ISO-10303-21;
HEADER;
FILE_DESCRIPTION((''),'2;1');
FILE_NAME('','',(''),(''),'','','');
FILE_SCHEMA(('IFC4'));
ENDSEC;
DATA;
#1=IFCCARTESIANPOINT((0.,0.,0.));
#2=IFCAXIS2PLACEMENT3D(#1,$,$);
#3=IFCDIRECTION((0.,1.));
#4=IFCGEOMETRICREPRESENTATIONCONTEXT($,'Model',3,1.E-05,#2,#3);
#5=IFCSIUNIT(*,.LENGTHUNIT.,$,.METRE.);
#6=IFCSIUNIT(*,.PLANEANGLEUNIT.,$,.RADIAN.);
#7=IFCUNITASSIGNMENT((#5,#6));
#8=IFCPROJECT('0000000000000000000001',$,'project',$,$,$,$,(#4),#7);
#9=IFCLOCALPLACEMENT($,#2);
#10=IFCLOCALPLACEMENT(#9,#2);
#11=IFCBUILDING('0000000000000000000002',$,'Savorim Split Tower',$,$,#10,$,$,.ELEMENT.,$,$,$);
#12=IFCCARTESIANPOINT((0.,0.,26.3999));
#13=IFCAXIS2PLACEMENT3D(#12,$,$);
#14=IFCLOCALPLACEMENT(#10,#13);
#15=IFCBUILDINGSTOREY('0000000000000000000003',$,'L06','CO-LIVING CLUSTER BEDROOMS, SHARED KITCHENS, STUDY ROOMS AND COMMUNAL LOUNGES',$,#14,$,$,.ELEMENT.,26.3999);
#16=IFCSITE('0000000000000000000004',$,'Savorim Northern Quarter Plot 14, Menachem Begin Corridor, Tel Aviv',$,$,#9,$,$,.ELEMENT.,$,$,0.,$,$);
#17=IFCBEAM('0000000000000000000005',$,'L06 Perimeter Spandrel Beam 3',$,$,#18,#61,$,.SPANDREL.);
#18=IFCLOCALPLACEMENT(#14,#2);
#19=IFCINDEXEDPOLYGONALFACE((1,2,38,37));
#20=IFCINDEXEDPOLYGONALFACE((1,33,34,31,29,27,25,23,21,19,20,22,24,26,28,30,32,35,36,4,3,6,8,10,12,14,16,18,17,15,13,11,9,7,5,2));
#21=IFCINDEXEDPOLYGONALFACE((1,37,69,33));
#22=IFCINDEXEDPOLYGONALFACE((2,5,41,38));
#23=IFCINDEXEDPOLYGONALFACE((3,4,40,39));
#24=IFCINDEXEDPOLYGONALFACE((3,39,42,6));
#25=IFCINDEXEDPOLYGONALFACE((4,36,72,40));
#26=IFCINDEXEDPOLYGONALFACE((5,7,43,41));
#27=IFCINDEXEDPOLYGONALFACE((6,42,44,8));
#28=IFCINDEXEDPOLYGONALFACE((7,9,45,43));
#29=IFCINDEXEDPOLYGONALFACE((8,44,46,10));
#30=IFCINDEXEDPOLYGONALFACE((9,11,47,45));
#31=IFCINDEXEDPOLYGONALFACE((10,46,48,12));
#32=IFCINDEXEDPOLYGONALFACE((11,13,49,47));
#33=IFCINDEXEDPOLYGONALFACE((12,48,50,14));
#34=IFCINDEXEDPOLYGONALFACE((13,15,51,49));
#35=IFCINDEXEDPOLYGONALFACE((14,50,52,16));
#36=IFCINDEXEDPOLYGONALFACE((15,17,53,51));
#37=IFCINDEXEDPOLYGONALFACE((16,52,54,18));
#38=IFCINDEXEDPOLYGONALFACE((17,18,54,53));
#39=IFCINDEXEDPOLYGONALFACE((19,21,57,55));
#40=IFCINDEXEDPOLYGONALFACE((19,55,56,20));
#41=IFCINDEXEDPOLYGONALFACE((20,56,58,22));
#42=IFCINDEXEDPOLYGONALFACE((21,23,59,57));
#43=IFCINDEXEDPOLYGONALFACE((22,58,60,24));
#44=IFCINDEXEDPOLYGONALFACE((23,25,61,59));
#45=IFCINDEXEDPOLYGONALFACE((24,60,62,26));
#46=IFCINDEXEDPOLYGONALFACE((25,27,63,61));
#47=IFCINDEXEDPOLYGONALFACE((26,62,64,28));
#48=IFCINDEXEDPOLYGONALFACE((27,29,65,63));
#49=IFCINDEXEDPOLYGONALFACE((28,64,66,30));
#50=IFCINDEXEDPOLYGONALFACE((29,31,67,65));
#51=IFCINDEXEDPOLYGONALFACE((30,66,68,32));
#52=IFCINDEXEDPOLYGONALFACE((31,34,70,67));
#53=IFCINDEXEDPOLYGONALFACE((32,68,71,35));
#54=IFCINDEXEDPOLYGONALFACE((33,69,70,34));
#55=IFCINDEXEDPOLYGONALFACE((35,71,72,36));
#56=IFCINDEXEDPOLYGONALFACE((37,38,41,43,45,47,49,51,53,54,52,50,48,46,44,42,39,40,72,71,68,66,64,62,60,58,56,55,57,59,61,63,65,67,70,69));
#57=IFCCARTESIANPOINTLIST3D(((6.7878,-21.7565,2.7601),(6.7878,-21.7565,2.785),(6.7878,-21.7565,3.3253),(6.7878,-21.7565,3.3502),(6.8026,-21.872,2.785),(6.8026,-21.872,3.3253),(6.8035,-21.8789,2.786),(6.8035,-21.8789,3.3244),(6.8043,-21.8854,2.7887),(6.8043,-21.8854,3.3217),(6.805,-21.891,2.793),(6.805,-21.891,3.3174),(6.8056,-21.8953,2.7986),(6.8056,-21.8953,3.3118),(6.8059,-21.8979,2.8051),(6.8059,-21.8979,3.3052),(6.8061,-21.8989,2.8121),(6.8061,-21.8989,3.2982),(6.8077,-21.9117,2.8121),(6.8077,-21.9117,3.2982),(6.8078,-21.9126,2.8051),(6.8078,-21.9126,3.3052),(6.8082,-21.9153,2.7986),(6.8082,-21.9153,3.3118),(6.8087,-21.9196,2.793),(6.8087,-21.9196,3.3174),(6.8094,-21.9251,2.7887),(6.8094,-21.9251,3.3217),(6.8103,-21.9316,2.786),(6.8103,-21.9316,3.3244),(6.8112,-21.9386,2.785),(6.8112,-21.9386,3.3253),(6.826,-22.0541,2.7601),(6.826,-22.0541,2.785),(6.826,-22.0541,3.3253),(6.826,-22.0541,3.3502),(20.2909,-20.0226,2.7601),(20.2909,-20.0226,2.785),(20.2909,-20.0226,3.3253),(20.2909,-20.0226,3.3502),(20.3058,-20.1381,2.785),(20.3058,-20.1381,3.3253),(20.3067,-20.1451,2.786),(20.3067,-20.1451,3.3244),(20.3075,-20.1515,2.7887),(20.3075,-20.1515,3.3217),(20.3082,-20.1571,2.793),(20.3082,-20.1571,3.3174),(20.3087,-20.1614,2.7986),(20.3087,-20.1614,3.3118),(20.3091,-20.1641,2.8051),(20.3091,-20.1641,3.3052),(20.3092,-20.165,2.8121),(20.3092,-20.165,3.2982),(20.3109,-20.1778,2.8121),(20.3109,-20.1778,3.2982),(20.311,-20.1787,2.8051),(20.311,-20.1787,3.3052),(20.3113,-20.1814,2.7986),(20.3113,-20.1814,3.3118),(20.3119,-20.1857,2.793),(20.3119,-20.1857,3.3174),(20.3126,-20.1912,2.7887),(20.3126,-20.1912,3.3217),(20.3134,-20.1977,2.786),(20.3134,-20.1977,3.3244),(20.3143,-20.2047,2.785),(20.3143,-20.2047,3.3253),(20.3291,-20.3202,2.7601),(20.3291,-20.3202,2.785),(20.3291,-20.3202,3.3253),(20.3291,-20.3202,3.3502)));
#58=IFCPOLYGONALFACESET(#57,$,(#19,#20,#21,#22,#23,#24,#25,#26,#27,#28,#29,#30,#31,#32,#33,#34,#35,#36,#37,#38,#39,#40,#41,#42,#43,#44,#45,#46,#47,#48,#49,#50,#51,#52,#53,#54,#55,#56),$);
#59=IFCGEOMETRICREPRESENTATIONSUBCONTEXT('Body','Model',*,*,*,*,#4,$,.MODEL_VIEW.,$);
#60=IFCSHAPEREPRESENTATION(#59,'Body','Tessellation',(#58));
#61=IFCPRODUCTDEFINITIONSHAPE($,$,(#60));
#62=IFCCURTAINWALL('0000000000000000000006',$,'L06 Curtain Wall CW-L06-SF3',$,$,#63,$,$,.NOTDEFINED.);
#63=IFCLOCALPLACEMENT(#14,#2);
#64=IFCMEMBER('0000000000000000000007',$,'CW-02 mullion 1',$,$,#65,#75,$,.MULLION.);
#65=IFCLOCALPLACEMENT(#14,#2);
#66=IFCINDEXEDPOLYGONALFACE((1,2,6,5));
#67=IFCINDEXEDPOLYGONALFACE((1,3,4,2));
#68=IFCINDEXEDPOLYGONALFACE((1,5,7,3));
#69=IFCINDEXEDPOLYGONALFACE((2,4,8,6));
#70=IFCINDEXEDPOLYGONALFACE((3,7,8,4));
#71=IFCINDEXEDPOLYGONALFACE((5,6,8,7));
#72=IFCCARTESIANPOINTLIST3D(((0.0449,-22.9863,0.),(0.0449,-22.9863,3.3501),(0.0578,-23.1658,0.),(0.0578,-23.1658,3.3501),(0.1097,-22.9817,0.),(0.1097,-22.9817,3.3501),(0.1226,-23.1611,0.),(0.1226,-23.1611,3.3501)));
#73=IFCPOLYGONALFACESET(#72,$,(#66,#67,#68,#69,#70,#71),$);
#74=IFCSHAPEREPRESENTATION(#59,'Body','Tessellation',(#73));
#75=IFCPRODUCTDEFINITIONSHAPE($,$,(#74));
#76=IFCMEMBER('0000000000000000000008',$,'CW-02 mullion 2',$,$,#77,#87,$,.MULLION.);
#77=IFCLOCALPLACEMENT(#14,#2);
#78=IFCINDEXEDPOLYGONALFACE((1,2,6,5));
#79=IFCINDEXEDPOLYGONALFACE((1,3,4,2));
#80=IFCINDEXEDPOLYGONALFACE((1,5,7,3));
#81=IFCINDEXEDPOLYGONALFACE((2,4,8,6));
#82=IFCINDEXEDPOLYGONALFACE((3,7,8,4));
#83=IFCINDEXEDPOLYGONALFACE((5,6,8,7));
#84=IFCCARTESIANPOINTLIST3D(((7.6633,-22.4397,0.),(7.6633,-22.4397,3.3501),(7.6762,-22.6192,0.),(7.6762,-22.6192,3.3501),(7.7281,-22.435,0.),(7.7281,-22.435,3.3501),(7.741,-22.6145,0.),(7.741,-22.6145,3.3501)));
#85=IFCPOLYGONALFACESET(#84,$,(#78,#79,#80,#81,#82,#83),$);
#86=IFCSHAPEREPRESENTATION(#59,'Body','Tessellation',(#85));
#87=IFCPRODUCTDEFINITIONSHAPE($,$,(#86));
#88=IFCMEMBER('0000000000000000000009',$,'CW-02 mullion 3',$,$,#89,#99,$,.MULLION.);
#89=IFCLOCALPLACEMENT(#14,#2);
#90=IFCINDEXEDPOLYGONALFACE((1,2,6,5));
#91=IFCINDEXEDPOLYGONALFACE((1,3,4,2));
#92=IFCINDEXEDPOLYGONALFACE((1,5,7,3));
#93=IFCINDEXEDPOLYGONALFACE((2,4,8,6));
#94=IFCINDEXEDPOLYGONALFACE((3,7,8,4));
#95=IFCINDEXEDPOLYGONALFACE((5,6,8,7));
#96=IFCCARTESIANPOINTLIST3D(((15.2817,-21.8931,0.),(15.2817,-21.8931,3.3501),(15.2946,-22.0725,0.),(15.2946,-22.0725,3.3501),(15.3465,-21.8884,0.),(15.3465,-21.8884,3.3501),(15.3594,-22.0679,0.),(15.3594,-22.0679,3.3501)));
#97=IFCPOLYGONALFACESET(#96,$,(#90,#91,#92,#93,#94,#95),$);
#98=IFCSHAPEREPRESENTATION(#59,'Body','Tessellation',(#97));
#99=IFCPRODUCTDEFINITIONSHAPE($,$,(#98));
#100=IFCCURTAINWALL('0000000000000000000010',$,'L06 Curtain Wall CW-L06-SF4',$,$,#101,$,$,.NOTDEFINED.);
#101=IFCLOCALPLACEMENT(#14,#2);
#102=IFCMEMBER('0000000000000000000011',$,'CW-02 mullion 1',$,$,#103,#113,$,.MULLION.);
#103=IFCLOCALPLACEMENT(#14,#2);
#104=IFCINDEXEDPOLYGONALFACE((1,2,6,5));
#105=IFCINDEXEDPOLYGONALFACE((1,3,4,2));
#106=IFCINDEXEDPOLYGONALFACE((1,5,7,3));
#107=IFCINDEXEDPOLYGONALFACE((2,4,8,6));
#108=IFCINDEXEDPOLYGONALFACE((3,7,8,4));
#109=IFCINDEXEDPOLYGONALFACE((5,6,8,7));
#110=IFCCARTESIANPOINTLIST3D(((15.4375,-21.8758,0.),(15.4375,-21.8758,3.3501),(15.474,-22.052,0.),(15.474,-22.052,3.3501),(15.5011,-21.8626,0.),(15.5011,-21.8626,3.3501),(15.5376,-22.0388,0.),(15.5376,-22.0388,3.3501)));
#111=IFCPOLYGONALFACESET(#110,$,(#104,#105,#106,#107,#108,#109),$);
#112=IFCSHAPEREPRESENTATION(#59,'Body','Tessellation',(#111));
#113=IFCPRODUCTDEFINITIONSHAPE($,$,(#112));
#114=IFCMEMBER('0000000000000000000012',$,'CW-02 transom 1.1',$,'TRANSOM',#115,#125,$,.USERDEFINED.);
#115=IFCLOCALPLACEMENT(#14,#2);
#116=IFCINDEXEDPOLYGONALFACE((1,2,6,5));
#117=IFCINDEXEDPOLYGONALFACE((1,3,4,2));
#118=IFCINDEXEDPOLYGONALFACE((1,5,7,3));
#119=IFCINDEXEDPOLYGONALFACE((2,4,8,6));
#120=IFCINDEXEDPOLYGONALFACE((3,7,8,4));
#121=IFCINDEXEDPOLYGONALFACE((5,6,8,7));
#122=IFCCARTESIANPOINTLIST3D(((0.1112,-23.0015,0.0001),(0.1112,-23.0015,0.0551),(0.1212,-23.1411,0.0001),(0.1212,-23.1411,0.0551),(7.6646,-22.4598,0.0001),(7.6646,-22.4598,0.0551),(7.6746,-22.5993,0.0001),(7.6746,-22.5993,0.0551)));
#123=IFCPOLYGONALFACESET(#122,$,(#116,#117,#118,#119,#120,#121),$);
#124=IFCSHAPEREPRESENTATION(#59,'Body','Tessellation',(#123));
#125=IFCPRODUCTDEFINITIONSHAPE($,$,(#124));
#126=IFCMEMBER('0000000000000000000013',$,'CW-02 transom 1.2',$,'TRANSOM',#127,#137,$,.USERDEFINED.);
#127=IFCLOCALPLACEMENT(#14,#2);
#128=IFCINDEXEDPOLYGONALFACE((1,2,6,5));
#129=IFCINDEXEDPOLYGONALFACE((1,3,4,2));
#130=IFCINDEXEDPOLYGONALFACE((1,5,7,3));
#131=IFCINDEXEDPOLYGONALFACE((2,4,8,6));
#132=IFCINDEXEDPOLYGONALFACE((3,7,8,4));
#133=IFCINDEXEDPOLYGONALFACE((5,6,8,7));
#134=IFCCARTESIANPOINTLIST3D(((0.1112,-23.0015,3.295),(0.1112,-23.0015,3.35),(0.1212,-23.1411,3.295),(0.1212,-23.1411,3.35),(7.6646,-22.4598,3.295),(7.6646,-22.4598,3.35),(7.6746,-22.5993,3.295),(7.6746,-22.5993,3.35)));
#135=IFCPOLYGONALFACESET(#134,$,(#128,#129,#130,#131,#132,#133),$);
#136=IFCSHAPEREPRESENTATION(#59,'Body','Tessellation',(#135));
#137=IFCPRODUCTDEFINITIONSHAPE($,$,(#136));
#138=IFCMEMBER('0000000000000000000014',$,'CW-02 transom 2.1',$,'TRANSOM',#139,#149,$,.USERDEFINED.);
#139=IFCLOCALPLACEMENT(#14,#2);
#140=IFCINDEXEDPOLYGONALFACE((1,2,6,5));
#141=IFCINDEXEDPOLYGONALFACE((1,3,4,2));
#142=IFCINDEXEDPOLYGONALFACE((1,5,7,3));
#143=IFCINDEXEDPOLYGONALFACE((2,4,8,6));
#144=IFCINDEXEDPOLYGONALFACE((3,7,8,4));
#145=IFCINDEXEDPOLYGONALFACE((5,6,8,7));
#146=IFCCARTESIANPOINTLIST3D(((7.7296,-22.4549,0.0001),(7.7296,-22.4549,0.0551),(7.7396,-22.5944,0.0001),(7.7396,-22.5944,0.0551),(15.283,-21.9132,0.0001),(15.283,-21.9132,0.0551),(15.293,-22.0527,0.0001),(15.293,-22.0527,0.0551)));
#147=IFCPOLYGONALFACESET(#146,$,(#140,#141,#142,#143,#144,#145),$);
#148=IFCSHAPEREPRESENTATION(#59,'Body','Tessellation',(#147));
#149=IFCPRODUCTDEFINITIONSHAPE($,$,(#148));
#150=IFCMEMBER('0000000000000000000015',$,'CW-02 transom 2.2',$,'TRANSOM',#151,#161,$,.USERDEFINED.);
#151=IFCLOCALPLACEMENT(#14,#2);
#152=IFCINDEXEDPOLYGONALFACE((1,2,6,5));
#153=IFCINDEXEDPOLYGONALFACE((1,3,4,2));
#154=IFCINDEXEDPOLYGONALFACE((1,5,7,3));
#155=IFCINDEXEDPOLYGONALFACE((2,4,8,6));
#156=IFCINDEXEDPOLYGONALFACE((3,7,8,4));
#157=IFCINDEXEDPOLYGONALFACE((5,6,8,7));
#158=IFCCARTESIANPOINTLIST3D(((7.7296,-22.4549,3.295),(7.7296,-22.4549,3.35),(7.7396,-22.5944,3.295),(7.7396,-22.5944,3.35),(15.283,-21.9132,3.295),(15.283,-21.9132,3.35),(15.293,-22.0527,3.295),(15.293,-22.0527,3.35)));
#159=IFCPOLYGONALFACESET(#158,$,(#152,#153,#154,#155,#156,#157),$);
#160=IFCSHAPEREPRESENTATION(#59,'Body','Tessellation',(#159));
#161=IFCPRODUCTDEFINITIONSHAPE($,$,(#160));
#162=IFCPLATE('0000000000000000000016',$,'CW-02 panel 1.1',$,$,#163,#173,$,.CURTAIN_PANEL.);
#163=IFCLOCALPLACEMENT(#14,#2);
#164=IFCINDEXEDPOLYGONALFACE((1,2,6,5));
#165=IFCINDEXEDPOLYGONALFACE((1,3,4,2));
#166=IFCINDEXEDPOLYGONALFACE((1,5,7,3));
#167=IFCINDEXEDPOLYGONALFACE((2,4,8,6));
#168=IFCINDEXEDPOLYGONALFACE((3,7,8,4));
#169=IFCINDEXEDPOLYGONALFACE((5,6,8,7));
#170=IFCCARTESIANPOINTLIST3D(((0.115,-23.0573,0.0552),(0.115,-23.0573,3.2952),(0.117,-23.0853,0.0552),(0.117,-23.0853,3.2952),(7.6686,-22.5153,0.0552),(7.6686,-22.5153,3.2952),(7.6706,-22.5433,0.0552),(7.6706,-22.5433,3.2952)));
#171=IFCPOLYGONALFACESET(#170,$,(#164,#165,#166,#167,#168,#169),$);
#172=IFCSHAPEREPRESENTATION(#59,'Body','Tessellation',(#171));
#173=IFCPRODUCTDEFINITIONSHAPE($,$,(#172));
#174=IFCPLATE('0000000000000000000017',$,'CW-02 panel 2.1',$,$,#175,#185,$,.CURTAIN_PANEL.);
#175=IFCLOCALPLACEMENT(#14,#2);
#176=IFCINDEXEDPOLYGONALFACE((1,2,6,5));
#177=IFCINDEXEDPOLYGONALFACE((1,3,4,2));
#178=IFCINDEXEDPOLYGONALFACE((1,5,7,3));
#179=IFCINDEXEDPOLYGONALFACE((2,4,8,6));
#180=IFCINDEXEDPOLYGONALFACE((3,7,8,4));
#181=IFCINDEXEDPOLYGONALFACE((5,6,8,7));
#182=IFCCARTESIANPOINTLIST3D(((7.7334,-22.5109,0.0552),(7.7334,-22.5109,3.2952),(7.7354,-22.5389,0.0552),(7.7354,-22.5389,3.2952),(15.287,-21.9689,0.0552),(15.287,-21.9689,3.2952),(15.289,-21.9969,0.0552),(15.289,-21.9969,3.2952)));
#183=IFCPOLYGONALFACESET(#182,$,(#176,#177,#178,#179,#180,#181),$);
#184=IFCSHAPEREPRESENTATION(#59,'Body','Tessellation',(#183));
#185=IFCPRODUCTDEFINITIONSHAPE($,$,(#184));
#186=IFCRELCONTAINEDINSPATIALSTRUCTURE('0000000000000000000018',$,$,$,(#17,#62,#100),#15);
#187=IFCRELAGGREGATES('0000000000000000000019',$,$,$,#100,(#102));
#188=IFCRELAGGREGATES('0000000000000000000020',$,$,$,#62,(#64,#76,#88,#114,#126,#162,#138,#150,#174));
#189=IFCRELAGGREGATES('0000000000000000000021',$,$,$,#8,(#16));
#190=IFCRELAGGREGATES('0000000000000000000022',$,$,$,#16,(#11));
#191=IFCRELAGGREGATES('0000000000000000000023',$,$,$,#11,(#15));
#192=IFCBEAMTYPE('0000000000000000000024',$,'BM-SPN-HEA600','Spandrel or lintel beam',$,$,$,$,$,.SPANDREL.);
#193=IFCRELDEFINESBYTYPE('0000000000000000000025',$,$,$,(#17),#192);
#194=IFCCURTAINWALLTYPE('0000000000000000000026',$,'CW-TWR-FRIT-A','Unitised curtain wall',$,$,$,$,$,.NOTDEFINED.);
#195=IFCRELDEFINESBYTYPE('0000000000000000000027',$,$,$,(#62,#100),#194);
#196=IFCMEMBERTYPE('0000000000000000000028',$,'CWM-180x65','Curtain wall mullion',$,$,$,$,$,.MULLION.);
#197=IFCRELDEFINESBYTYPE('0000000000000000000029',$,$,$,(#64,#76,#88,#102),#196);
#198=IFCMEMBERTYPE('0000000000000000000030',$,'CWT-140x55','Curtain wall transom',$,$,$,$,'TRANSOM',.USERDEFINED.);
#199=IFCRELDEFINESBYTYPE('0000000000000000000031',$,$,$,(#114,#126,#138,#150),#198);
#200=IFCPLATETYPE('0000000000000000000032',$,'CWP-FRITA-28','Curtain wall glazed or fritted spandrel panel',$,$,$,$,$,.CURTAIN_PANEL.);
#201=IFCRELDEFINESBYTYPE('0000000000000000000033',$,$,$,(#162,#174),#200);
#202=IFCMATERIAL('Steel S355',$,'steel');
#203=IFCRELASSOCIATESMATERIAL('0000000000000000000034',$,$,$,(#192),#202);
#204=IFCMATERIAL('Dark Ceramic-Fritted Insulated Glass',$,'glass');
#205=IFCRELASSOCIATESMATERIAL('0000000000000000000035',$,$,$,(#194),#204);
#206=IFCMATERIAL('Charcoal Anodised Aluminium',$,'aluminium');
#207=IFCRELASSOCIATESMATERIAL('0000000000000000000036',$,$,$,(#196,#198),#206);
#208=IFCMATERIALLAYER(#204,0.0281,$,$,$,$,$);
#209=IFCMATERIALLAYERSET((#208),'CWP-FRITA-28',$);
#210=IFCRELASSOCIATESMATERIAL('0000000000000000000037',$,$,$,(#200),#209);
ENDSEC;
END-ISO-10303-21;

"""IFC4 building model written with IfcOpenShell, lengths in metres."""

from ifc_helpers import new_model, si_unit, direction, frame, origin, origin_2d, place, context, subcontext, project, spatial, rectangle, i_section, extrude, material, layer, layer_set, material_profile, profile_set, type_object, element, aggregate, save


model = new_model("IFC4")

# Units and contexts
model_context = context("Model", 3, precision=1e-05, world=origin(), true_north=direction((0.0, 1.0)))
body_context = subcontext(model_context, "Body", "Model", "MODEL_VIEW")
ifc_project = project(units=[si_unit("LENGTHUNIT", "METRE"), si_unit("PLANEANGLEUNIT", "RADIAN")], contexts=[model_context])

# Site, building, storey
site_placement = place(None, origin())
site = spatial("IfcSite", under=ifc_project, at=site_placement, Name="Savorim Northern Quarter Plot 14, Menachem Begin Corridor, Tel Aviv", CompositionType="ELEMENT", RefElevation=0.0)
building_placement = place(site_placement, origin())
building = spatial("IfcBuilding", under=site, at=building_placement, Name="Savorim Split Tower", CompositionType="ELEMENT")
storey_placement = place(building_placement, frame((0.0, 0.0, 26.3999)))
storey = spatial("IfcBuildingStorey", under=building, at=storey_placement, Name="L06", Description="CO-LIVING CLUSTER BEDROOMS, SHARED KITCHENS, STUDY ROOMS AND COMMUNAL LOUNGES", CompositionType="ELEMENT", Elevation=26.3999)

# Beam
ifc_material_1 = material(Name="Steel S355", Category="steel")
ifc_material_profile_1 = material_profile(ifc_material_1, i_section(OverallWidth=0.3, OverallDepth=0.5901, WebThickness=0.0129, FlangeThickness=0.0249, FilletRadius=0.0271, at=origin_2d()), Name="HEA 600")
ifc_profile_set_1 = profile_set([ifc_material_profile_1], Name="Steel S355")
beam_type_1 = type_object("IfcBeamType", Name="BM-SPN-HEA600", Description="Spandrel or lintel beam", PredefinedType="SPANDREL", material=ifc_profile_set_1)
beam_1_placement = place(storey_placement, frame((6.8069, -21.9053, 3.0552), z_axis=(0.991857, 0.12736, 0.0), x_axis=(-0.12736, 0.991857, 0.0)))
element("IfcBeam", 1, at=beam_1_placement, inside=storey, type_object=beam_type_1, Name="L06 Perimeter Spandrel Beam 3", PredefinedType="SPANDREL", context=body_context, shape_type="SweptSolid", body=[
    extrude(i_section(OverallWidth=0.3, OverallDepth=0.5901, WebThickness=0.0129, FlangeThickness=0.0249, FilletRadius=0.0271, at=origin_2d()), origin(), (0.0, 0.0, 1.0), 13.614),
])

# Curtain wall, members
ifc_material_2 = material(Name="Dark Ceramic-Fritted Insulated Glass", Category="glass")
curtain_wall_type = type_object("IfcCurtainWallType", Name="CW-TWR-FRIT-A", Description="Unitised curtain wall", PredefinedType="NOTDEFINED", material=ifc_material_2)
curtain_wall_1_placement = place(storey_placement, origin())
curtain_wall_1 = element("IfcCurtainWall", 2, at=curtain_wall_1_placement, inside=storey, type_object=curtain_wall_type, Name="L06 Curtain Wall CW-L06-SF3", PredefinedType="NOTDEFINED")
ifc_material_3 = material(Name="Charcoal Anodised Aluminium", Category="aluminium")
ifc_material_profile_2 = material_profile(ifc_material_3, rectangle(XDim=0.1799, YDim=0.0649, at=origin_2d()), Name="ALU-M 180x65")
ifc_profile_set_2 = profile_set([ifc_material_profile_2], Name="Charcoal Anodised Aluminium")
member_type_1 = type_object("IfcMemberType", Name="CWM-180x65", Description="Curtain wall mullion", PredefinedType="MULLION", material=ifc_profile_set_2)
member_1_placement = place(storey_placement, frame((0.0837, -23.0737, 0.0), z_axis=(0.0, 0.0, 1.0), x_axis=(-0.07156, 0.997436, 0.0)))
member_1 = element("IfcMember", 3, at=member_1_placement, type_object=member_type_1, Name="CW-02 mullion 1", PredefinedType="MULLION", context=body_context, shape_type="SweptSolid", body=[
    extrude(rectangle(XDim=0.1799, YDim=0.0649, at=origin_2d()), origin(), (0.0, 0.0, 1.0), 3.3501),
])
member_2_placement = place(storey_placement, frame((7.7021, -22.5271, 0.0), z_axis=(0.0, 0.0, 1.0), x_axis=(-0.07156, 0.997436, 0.0)))
member_2 = element("IfcMember", 4, at=member_2_placement, type_object=member_type_1, Name="CW-02 mullion 2", PredefinedType="MULLION", context=body_context, shape_type="SweptSolid", body=[
    extrude(rectangle(XDim=0.1799, YDim=0.0649, at=origin_2d()), origin(), (0.0, 0.0, 1.0), 3.3501),
])
member_3_placement = place(storey_placement, frame((15.3206, -21.9805, 0.0), z_axis=(0.0, 0.0, 1.0), x_axis=(-0.07156, 0.997436, 0.0)))
member_3 = element("IfcMember", 5, at=member_3_placement, type_object=member_type_1, Name="CW-02 mullion 3", PredefinedType="MULLION", context=body_context, shape_type="SweptSolid", body=[
    extrude(rectangle(XDim=0.1799, YDim=0.0649, at=origin_2d()), origin(), (0.0, 0.0, 1.0), 3.3501),
])

# Curtain wall, member
curtain_wall_2_placement = place(storey_placement, origin())
curtain_wall_2 = element("IfcCurtainWall", 6, at=curtain_wall_2_placement, inside=storey, type_object=curtain_wall_type, Name="L06 Curtain Wall CW-L06-SF4", PredefinedType="NOTDEFINED")
member_4_placement = place(storey_placement, frame((15.4875, -21.9573, 0.0), z_axis=(0.0, 0.0, 1.0), x_axis=(-0.20321, 0.979135, 0.0)))
member_4 = element("IfcMember", 7, at=member_4_placement, type_object=member_type_1, Name="CW-02 mullion 1", PredefinedType="MULLION", context=body_context, shape_type="SweptSolid", body=[
    extrude(rectangle(XDim=0.1799, YDim=0.0649, at=origin_2d()), origin(), (0.0, 0.0, 1.0), 3.3501),
])
aggregate(curtain_wall_2, [member_4])

# Members
ifc_material_profile_3 = material_profile(ifc_material_3, rectangle(XDim=0.1399, YDim=0.0549, at=origin_2d()), Name="ALU-T 140x55")
ifc_profile_set_3 = profile_set([ifc_material_profile_3], Name="Charcoal Anodised Aluminium")
member_type_2 = type_object("IfcMemberType", Name="CWT-140x55", Description="Curtain wall transom", ElementType="TRANSOM", PredefinedType="USERDEFINED", material=ifc_profile_set_3)
member_5_placement = place(storey_placement, frame((0.1162, -23.0713, 0.0276), z_axis=(0.997438, 0.071538, 0.0), x_axis=(-0.071538, 0.997438, 0.0)))
member_5 = element("IfcMember", 8, at=member_5_placement, type_object=member_type_2, Name="CW-02 transom 1.1", ObjectType="TRANSOM", PredefinedType="USERDEFINED", context=body_context, shape_type="SweptSolid", body=[
    extrude(rectangle(XDim=0.1399, YDim=0.0549, at=origin_2d()), origin(), (0.0, 0.0, 1.0), 7.5728),
])
member_6_placement = place(storey_placement, frame((0.1162, -23.0713, 3.3225), z_axis=(0.997438, 0.071538, 0.0), x_axis=(-0.071538, 0.997438, 0.0)))
member_6 = element("IfcMember", 9, at=member_6_placement, type_object=member_type_2, Name="CW-02 transom 1.2", ObjectType="TRANSOM", PredefinedType="USERDEFINED", context=body_context, shape_type="SweptSolid", body=[
    extrude(rectangle(XDim=0.1399, YDim=0.0549, at=origin_2d()), origin(), (0.0, 0.0, 1.0), 7.5728),
])
member_7_placement = place(storey_placement, frame((7.7346, -22.5247, 0.0276), z_axis=(0.997438, 0.071538, 0.0), x_axis=(-0.071538, 0.997438, 0.0)))
member_7 = element("IfcMember", 10, at=member_7_placement, type_object=member_type_2, Name="CW-02 transom 2.1", ObjectType="TRANSOM", PredefinedType="USERDEFINED", context=body_context, shape_type="SweptSolid", body=[
    extrude(rectangle(XDim=0.1399, YDim=0.0549, at=origin_2d()), origin(), (0.0, 0.0, 1.0), 7.5728),
])
member_8_placement = place(storey_placement, frame((7.7346, -22.5247, 3.3225), z_axis=(0.997438, 0.071538, 0.0), x_axis=(-0.071538, 0.997438, 0.0)))
member_8 = element("IfcMember", 11, at=member_8_placement, type_object=member_type_2, Name="CW-02 transom 2.2", ObjectType="TRANSOM", PredefinedType="USERDEFINED", context=body_context, shape_type="SweptSolid", body=[
    extrude(rectangle(XDim=0.1399, YDim=0.0549, at=origin_2d()), origin(), (0.0, 0.0, 1.0), 7.5728),
])

# Plates
ifc_layer_1 = layer(ifc_material_2, 0.0281)
ifc_layer_set_1 = layer_set([ifc_layer_1], Name="CWP-FRITA-28")
plate_type = type_object("IfcPlateType", Name="CWP-FRITA-28", Description="Curtain wall glazed or fritted spandrel panel", PredefinedType="CURTAIN_PANEL", material=ifc_layer_set_1)
plate_1_placement = place(storey_placement, frame((3.8928, -22.8003, 0.0552), z_axis=(0.0, 0.0, 1.0), x_axis=(0.997436, 0.07156, 0.0)))
plate_1 = element("IfcPlate", 12, at=plate_1_placement, type_object=plate_type, Name="CW-02 panel 1.1", PredefinedType="CURTAIN_PANEL", context=body_context, shape_type="SweptSolid", body=[
    extrude(rectangle(XDim=7.573, YDim=0.0281, at=origin_2d()), origin(), (0.0, 0.0, 1.0), 3.24),
])
plate_2_placement = place(storey_placement, frame((11.5112, -22.2539, 0.0552), z_axis=(0.0, 0.0, 1.0), x_axis=(0.997436, 0.07156, 0.0)))
plate_2 = element("IfcPlate", 13, at=plate_2_placement, type_object=plate_type, Name="CW-02 panel 2.1", PredefinedType="CURTAIN_PANEL", context=body_context, shape_type="SweptSolid", body=[
    extrude(rectangle(XDim=7.573, YDim=0.0281, at=origin_2d()), origin(), (0.0, 0.0, 1.0), 3.24),
])
aggregate(curtain_wall_1, [member_1, member_2, member_3, member_5, member_6, plate_1, member_7, member_8, plate_2])

save(model, "model.ifc")
